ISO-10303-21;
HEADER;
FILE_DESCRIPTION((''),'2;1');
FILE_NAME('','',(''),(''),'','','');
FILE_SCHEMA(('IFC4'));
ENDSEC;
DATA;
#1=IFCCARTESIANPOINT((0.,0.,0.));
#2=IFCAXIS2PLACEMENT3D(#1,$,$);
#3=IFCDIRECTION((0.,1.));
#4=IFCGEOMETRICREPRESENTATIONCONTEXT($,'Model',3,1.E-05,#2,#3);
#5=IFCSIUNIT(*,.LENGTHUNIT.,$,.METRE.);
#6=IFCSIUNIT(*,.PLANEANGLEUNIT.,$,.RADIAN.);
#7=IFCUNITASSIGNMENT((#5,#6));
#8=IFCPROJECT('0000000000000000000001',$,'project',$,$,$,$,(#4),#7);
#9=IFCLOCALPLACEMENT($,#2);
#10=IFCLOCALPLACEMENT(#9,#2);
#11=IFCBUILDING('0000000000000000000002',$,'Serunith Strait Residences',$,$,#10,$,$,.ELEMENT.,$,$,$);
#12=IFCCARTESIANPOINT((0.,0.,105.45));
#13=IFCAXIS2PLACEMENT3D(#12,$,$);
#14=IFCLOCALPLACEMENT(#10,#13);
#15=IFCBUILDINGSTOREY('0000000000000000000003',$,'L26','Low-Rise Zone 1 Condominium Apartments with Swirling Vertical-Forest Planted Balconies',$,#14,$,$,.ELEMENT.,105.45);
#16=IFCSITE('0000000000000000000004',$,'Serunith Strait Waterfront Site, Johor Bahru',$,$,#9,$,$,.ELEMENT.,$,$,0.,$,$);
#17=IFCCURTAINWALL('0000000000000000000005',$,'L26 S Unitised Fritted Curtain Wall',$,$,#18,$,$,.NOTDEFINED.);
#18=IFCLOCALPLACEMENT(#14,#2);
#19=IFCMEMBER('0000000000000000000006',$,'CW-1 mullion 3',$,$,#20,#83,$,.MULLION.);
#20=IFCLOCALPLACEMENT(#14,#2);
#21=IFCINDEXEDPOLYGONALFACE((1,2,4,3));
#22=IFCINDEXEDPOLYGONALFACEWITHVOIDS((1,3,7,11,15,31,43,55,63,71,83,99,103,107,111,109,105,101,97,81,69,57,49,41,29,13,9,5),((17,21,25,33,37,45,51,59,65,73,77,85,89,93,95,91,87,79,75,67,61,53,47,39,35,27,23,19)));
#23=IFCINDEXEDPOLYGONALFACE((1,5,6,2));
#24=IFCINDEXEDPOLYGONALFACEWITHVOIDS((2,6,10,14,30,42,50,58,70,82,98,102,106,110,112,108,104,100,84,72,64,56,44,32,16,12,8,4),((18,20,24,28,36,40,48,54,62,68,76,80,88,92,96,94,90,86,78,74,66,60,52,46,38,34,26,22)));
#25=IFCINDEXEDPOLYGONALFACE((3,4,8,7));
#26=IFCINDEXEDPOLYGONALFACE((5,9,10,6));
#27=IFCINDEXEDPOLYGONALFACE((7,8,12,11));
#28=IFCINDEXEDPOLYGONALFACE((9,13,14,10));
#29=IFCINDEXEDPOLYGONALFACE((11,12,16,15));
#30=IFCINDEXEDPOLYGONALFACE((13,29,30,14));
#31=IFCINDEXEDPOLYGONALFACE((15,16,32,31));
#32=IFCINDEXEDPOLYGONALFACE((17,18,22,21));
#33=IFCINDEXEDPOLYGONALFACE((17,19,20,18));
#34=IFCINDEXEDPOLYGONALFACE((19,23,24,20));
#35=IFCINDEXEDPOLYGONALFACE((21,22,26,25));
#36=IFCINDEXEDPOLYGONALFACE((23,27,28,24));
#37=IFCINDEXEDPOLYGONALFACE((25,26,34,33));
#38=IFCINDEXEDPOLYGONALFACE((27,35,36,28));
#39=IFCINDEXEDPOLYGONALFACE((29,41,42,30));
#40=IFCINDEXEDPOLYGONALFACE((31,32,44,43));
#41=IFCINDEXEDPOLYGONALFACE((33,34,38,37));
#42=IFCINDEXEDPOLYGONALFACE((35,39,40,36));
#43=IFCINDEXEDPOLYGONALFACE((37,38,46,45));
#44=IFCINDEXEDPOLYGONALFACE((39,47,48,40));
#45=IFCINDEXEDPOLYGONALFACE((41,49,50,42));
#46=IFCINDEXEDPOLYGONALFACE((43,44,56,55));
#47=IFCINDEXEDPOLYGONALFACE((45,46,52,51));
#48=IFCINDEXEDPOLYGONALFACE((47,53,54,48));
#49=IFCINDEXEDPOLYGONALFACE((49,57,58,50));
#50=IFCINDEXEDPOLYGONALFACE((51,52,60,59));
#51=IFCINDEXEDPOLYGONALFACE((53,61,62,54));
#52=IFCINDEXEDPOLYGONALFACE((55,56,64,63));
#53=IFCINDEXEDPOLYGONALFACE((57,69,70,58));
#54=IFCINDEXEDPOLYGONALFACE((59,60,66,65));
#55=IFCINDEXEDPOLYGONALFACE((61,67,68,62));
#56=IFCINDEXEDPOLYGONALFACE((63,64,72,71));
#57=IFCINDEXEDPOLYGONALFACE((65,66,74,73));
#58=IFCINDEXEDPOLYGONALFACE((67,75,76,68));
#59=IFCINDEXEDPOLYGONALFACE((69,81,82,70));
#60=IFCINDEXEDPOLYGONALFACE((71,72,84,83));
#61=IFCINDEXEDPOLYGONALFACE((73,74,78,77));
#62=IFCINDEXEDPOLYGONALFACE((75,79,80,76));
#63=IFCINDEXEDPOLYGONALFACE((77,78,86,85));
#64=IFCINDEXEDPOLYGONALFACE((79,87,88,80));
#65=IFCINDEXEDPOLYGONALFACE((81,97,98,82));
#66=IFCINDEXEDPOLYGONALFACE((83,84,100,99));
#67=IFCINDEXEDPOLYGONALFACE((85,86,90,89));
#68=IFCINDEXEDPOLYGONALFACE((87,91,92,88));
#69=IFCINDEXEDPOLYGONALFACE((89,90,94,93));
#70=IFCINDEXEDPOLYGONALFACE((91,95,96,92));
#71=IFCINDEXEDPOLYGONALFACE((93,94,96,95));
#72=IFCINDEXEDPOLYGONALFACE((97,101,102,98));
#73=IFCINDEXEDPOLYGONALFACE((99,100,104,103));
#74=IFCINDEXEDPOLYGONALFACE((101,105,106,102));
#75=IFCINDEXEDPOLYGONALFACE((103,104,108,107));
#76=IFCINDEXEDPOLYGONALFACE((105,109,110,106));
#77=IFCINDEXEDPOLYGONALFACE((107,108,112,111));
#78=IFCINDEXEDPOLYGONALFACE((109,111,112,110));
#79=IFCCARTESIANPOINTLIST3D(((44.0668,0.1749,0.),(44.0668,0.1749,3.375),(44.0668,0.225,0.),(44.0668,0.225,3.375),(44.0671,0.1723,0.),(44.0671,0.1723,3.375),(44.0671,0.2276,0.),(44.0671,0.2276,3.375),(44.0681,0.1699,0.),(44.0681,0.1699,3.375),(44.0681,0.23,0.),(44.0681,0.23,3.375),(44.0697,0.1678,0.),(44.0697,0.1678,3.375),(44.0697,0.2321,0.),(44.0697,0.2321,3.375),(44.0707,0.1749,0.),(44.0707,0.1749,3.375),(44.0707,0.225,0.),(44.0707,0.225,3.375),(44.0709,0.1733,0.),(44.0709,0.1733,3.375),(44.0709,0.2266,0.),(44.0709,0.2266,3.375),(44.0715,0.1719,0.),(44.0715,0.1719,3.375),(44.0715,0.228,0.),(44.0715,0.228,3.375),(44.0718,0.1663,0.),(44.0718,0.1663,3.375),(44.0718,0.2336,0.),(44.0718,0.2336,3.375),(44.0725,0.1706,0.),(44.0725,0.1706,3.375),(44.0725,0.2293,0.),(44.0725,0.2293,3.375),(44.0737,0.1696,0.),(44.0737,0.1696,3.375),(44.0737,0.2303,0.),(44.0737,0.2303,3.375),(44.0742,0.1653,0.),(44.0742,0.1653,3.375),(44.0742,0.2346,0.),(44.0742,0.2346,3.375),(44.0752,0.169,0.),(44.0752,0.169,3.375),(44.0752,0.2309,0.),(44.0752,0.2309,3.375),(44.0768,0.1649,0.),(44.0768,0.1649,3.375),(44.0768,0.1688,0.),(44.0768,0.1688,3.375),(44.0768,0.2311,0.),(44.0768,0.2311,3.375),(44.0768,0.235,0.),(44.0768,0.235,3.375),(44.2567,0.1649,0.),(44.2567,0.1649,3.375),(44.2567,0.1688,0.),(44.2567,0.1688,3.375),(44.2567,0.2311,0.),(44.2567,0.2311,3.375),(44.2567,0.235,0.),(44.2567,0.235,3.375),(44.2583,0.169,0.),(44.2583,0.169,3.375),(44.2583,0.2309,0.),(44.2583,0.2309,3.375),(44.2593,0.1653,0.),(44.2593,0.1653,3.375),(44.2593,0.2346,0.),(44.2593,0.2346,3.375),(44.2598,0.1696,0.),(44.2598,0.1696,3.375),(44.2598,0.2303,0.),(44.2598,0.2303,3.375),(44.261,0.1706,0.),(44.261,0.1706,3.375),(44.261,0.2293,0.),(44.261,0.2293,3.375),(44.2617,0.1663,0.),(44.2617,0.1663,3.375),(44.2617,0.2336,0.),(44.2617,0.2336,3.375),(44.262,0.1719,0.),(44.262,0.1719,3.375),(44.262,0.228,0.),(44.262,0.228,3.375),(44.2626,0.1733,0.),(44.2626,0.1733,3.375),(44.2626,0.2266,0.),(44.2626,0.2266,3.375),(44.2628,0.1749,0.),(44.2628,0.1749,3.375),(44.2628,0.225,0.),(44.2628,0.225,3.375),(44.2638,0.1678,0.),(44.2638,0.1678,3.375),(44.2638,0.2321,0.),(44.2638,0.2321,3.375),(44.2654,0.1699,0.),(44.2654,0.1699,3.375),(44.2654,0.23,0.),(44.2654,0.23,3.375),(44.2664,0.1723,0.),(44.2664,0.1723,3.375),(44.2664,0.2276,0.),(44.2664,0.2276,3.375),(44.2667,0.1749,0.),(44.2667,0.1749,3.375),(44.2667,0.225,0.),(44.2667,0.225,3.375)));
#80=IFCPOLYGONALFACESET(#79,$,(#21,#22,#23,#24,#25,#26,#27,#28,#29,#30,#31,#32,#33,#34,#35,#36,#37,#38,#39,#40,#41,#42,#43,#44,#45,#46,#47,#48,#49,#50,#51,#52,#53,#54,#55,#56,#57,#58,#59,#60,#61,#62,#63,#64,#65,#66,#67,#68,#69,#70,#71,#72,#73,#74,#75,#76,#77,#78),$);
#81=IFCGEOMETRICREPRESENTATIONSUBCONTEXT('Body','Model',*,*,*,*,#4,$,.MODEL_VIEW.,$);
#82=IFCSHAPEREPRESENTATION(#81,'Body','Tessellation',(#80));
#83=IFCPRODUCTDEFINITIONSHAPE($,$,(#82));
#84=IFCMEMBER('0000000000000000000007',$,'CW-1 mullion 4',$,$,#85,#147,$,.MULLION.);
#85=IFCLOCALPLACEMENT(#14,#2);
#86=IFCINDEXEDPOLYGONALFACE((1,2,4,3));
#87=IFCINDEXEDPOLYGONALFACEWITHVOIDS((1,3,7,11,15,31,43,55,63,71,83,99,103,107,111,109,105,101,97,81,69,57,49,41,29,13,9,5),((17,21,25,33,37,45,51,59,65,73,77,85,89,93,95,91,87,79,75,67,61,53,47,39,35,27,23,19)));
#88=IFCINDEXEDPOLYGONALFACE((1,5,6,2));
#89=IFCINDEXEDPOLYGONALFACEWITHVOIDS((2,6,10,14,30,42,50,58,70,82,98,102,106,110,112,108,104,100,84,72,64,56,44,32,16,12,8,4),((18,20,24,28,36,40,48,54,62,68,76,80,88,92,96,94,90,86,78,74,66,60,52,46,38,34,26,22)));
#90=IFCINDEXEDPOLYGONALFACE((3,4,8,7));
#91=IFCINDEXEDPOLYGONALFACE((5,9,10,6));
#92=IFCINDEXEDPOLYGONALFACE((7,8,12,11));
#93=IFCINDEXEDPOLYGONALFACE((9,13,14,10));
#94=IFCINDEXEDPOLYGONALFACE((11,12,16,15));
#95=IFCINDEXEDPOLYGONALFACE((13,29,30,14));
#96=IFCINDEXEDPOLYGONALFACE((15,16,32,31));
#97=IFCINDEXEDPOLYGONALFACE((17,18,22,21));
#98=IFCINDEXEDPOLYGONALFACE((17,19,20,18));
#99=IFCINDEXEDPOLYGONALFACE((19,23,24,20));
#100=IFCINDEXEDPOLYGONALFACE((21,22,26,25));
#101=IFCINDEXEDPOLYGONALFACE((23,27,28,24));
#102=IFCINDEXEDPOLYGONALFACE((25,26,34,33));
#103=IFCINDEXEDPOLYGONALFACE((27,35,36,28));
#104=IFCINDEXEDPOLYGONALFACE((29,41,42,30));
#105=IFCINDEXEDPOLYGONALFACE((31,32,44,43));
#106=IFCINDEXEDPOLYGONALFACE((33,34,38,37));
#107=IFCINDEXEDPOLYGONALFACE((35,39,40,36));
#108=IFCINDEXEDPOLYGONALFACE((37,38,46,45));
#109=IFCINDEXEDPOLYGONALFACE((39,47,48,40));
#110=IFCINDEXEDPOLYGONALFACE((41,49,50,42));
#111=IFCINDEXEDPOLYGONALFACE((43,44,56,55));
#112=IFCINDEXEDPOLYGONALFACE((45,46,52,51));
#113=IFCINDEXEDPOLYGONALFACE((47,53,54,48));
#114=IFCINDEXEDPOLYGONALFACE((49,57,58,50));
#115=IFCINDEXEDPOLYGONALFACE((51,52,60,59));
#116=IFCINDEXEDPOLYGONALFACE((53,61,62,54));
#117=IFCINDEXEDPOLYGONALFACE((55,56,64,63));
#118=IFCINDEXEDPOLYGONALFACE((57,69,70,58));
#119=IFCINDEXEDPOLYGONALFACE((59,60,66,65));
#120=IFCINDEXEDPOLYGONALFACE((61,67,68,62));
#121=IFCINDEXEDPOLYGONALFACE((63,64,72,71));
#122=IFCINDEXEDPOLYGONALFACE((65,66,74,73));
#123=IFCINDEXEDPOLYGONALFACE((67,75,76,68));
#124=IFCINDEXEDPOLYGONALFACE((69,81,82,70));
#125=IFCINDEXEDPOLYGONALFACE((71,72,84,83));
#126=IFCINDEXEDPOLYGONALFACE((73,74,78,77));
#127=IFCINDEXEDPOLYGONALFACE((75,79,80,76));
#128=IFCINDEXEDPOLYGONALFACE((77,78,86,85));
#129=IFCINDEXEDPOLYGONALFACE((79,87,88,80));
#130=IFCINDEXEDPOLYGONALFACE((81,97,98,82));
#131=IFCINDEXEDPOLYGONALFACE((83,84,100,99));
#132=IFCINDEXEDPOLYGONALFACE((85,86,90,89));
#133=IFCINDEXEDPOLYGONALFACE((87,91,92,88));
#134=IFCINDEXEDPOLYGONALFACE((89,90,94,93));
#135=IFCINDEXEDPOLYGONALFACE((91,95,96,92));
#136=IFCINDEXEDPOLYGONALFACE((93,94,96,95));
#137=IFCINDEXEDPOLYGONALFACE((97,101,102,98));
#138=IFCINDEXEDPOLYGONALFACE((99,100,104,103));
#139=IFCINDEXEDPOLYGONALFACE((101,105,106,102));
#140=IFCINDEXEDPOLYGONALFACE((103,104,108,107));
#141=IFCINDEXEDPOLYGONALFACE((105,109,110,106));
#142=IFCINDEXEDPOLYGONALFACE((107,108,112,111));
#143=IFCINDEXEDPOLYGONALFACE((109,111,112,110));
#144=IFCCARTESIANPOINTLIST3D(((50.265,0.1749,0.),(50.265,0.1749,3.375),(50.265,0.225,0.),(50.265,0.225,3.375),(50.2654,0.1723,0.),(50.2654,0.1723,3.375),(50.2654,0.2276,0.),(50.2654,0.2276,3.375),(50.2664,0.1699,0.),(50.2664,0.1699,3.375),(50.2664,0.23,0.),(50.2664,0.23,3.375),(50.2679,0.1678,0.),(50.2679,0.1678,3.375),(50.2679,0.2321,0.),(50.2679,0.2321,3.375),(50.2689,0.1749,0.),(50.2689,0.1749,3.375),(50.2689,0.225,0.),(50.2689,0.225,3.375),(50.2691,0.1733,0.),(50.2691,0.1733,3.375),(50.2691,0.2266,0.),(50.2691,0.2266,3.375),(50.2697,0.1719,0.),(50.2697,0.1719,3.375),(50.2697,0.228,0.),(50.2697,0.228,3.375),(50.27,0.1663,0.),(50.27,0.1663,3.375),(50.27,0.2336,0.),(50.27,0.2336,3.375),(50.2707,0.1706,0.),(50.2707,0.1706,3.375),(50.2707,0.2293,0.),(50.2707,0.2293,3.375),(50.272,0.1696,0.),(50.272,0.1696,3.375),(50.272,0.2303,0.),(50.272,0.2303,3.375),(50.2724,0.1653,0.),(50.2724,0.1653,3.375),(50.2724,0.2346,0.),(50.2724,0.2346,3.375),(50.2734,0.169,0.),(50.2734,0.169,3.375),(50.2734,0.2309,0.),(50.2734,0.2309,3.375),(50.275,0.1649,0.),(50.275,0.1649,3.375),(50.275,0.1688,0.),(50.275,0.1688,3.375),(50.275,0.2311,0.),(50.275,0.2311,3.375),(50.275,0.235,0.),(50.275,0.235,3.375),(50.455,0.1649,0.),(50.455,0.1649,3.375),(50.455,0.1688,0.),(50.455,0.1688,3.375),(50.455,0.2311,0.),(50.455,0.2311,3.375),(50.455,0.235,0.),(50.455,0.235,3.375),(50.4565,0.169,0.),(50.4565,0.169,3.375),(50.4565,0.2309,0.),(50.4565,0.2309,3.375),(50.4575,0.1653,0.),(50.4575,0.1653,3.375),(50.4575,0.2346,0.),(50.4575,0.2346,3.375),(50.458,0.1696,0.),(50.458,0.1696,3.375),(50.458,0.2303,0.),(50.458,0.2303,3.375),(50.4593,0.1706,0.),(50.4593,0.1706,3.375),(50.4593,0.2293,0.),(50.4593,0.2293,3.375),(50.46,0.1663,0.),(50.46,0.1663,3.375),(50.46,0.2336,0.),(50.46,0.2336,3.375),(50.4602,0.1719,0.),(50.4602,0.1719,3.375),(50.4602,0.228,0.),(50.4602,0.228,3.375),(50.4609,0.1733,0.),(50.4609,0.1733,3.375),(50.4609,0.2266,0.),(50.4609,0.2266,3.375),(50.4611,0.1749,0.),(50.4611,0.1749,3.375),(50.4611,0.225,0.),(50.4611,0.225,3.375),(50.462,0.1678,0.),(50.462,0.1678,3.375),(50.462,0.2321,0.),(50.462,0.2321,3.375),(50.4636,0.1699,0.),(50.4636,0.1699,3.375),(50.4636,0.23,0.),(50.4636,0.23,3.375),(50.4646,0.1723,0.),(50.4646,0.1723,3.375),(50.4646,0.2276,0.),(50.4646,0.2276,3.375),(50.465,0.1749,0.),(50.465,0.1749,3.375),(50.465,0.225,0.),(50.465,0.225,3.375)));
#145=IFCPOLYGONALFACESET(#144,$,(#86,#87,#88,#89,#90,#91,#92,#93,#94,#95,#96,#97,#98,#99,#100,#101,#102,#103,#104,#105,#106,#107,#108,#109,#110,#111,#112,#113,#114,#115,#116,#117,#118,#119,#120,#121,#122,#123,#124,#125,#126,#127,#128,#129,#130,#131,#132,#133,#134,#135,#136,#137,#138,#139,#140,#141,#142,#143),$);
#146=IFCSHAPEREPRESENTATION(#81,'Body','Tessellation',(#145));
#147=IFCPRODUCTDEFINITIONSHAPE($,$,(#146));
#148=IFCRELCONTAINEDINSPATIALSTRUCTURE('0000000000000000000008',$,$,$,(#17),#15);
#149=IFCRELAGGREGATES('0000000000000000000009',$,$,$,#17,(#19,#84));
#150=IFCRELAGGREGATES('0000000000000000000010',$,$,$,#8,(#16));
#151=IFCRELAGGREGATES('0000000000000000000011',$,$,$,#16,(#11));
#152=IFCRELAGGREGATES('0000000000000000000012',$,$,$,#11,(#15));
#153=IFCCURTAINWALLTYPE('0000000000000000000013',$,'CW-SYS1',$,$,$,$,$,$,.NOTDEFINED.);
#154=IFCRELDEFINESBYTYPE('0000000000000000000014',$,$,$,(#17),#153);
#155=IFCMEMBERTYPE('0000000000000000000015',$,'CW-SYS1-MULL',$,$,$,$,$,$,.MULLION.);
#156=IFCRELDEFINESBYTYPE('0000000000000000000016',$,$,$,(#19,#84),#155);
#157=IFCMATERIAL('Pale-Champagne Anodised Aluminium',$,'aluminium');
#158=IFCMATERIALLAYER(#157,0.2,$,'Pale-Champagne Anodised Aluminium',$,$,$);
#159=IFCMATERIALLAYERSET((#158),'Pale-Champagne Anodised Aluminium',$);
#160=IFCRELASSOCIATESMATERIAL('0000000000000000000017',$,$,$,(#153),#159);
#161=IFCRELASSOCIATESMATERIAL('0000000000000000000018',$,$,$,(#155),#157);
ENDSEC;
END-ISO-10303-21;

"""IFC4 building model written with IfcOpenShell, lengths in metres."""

from ifc_helpers import new_model, si_unit, direction, frame, origin, origin_2d, place, context, subcontext, project, spatial, hollow_rectangle, extrude, source, transform, mapped, material, layer, layer_set, material_profile, profile_set, type_object, element, aggregate, save


model = new_model("IFC4")

# Units and contexts
model_context = context("Model", 3, precision=1e-05, world=origin(), true_north=direction((0.0, 1.0)))
body_context = subcontext(model_context, "Body", "Model", "MODEL_VIEW")
ifc_project = project(units=[si_unit("LENGTHUNIT", "METRE"), si_unit("PLANEANGLEUNIT", "RADIAN")], contexts=[model_context])

# Site, building, storey
site_placement = place(None, origin())
site = spatial("IfcSite", under=ifc_project, at=site_placement, Name="Serunith Strait Waterfront Site, Johor Bahru", CompositionType="ELEMENT", RefElevation=0.0)
building_placement = place(site_placement, origin())
building = spatial("IfcBuilding", under=site, at=building_placement, Name="Serunith Strait Residences", CompositionType="ELEMENT")
storey_placement = place(building_placement, frame((0.0, 0.0, 105.45)))
storey = spatial("IfcBuildingStorey", under=building, at=storey_placement, Name="L26", Description="Low-Rise Zone 1 Condominium Apartments with Swirling Vertical-Forest Planted Balconies", CompositionType="ELEMENT", Elevation=105.45)

# Curtain wall, members
ifc_material_1 = material(Name="Pale-Champagne Anodised Aluminium", Category="aluminium")
ifc_layer_1 = layer(ifc_material_1, 0.2, Name="Pale-Champagne Anodised Aluminium")
ifc_layer_set_1 = layer_set([ifc_layer_1], Name="Pale-Champagne Anodised Aluminium")
curtain_wall_type = type_object("IfcCurtainWallType", Name="CW-SYS1", PredefinedType="NOTDEFINED", material=ifc_layer_set_1)
curtain_wall_1_placement = place(storey_placement, origin())
curtain_wall_1 = element("IfcCurtainWall", 1, at=curtain_wall_1_placement, inside=storey, type_object=curtain_wall_type, Name="L26 S Unitised Fritted Curtain Wall", PredefinedType="NOTDEFINED")
ifc_material_profile_1 = material_profile(ifc_material_1, hollow_rectangle(XDim=0.0701, YDim=0.2, WallThickness=0.0039, InnerFilletRadius=0.0061, OuterFilletRadius=0.01, at=origin_2d()), Name="ALU 200x70x4")
ifc_profile_set_1 = profile_set([ifc_material_profile_1], Name="Pale-Champagne Anodised Aluminium")
member_type_1 = type_object("IfcMemberType", Name="CW-SYS1-MULL", PredefinedType="MULLION", material=ifc_profile_set_1)
shared_shape_1 = source(origin(), body_context, "Body", "SweptSolid", [
    extrude(hollow_rectangle(XDim=0.0701, YDim=0.2, WallThickness=0.0039, InnerFilletRadius=0.0061, OuterFilletRadius=0.01, at=origin_2d()), origin(), (0.0, 0.0, 1.0), 3.375),
])
member_1_placement = place(storey_placement, frame((44.1667, 0.2, 0.0), z_axis=(0.0, 0.0, 1.0), x_axis=(0.0, 1.0, 0.0)))
member_1 = element("IfcMember", 2, at=member_1_placement, type_object=member_type_1, Name="CW-1 mullion 3", PredefinedType="MULLION", context=body_context, shape_type="MappedRepresentation", body=[
    mapped(shared_shape_1, transform((0.0, 0.0, 0.0), scale=1.0)),
])
member_2_placement = place(storey_placement, frame((50.365, 0.2, 0.0), z_axis=(0.0, 0.0, 1.0), x_axis=(0.0, 1.0, 0.0)))
member_2 = element("IfcMember", 3, at=member_2_placement, type_object=member_type_1, Name="CW-1 mullion 4", PredefinedType="MULLION", context=body_context, shape_type="MappedRepresentation", body=[
    mapped(shared_shape_1, transform((0.0, 0.0, 0.0), scale=1.0)),
])

aggregate(curtain_wall_1, [member_1, member_2])

save(model, "model.ifc")
